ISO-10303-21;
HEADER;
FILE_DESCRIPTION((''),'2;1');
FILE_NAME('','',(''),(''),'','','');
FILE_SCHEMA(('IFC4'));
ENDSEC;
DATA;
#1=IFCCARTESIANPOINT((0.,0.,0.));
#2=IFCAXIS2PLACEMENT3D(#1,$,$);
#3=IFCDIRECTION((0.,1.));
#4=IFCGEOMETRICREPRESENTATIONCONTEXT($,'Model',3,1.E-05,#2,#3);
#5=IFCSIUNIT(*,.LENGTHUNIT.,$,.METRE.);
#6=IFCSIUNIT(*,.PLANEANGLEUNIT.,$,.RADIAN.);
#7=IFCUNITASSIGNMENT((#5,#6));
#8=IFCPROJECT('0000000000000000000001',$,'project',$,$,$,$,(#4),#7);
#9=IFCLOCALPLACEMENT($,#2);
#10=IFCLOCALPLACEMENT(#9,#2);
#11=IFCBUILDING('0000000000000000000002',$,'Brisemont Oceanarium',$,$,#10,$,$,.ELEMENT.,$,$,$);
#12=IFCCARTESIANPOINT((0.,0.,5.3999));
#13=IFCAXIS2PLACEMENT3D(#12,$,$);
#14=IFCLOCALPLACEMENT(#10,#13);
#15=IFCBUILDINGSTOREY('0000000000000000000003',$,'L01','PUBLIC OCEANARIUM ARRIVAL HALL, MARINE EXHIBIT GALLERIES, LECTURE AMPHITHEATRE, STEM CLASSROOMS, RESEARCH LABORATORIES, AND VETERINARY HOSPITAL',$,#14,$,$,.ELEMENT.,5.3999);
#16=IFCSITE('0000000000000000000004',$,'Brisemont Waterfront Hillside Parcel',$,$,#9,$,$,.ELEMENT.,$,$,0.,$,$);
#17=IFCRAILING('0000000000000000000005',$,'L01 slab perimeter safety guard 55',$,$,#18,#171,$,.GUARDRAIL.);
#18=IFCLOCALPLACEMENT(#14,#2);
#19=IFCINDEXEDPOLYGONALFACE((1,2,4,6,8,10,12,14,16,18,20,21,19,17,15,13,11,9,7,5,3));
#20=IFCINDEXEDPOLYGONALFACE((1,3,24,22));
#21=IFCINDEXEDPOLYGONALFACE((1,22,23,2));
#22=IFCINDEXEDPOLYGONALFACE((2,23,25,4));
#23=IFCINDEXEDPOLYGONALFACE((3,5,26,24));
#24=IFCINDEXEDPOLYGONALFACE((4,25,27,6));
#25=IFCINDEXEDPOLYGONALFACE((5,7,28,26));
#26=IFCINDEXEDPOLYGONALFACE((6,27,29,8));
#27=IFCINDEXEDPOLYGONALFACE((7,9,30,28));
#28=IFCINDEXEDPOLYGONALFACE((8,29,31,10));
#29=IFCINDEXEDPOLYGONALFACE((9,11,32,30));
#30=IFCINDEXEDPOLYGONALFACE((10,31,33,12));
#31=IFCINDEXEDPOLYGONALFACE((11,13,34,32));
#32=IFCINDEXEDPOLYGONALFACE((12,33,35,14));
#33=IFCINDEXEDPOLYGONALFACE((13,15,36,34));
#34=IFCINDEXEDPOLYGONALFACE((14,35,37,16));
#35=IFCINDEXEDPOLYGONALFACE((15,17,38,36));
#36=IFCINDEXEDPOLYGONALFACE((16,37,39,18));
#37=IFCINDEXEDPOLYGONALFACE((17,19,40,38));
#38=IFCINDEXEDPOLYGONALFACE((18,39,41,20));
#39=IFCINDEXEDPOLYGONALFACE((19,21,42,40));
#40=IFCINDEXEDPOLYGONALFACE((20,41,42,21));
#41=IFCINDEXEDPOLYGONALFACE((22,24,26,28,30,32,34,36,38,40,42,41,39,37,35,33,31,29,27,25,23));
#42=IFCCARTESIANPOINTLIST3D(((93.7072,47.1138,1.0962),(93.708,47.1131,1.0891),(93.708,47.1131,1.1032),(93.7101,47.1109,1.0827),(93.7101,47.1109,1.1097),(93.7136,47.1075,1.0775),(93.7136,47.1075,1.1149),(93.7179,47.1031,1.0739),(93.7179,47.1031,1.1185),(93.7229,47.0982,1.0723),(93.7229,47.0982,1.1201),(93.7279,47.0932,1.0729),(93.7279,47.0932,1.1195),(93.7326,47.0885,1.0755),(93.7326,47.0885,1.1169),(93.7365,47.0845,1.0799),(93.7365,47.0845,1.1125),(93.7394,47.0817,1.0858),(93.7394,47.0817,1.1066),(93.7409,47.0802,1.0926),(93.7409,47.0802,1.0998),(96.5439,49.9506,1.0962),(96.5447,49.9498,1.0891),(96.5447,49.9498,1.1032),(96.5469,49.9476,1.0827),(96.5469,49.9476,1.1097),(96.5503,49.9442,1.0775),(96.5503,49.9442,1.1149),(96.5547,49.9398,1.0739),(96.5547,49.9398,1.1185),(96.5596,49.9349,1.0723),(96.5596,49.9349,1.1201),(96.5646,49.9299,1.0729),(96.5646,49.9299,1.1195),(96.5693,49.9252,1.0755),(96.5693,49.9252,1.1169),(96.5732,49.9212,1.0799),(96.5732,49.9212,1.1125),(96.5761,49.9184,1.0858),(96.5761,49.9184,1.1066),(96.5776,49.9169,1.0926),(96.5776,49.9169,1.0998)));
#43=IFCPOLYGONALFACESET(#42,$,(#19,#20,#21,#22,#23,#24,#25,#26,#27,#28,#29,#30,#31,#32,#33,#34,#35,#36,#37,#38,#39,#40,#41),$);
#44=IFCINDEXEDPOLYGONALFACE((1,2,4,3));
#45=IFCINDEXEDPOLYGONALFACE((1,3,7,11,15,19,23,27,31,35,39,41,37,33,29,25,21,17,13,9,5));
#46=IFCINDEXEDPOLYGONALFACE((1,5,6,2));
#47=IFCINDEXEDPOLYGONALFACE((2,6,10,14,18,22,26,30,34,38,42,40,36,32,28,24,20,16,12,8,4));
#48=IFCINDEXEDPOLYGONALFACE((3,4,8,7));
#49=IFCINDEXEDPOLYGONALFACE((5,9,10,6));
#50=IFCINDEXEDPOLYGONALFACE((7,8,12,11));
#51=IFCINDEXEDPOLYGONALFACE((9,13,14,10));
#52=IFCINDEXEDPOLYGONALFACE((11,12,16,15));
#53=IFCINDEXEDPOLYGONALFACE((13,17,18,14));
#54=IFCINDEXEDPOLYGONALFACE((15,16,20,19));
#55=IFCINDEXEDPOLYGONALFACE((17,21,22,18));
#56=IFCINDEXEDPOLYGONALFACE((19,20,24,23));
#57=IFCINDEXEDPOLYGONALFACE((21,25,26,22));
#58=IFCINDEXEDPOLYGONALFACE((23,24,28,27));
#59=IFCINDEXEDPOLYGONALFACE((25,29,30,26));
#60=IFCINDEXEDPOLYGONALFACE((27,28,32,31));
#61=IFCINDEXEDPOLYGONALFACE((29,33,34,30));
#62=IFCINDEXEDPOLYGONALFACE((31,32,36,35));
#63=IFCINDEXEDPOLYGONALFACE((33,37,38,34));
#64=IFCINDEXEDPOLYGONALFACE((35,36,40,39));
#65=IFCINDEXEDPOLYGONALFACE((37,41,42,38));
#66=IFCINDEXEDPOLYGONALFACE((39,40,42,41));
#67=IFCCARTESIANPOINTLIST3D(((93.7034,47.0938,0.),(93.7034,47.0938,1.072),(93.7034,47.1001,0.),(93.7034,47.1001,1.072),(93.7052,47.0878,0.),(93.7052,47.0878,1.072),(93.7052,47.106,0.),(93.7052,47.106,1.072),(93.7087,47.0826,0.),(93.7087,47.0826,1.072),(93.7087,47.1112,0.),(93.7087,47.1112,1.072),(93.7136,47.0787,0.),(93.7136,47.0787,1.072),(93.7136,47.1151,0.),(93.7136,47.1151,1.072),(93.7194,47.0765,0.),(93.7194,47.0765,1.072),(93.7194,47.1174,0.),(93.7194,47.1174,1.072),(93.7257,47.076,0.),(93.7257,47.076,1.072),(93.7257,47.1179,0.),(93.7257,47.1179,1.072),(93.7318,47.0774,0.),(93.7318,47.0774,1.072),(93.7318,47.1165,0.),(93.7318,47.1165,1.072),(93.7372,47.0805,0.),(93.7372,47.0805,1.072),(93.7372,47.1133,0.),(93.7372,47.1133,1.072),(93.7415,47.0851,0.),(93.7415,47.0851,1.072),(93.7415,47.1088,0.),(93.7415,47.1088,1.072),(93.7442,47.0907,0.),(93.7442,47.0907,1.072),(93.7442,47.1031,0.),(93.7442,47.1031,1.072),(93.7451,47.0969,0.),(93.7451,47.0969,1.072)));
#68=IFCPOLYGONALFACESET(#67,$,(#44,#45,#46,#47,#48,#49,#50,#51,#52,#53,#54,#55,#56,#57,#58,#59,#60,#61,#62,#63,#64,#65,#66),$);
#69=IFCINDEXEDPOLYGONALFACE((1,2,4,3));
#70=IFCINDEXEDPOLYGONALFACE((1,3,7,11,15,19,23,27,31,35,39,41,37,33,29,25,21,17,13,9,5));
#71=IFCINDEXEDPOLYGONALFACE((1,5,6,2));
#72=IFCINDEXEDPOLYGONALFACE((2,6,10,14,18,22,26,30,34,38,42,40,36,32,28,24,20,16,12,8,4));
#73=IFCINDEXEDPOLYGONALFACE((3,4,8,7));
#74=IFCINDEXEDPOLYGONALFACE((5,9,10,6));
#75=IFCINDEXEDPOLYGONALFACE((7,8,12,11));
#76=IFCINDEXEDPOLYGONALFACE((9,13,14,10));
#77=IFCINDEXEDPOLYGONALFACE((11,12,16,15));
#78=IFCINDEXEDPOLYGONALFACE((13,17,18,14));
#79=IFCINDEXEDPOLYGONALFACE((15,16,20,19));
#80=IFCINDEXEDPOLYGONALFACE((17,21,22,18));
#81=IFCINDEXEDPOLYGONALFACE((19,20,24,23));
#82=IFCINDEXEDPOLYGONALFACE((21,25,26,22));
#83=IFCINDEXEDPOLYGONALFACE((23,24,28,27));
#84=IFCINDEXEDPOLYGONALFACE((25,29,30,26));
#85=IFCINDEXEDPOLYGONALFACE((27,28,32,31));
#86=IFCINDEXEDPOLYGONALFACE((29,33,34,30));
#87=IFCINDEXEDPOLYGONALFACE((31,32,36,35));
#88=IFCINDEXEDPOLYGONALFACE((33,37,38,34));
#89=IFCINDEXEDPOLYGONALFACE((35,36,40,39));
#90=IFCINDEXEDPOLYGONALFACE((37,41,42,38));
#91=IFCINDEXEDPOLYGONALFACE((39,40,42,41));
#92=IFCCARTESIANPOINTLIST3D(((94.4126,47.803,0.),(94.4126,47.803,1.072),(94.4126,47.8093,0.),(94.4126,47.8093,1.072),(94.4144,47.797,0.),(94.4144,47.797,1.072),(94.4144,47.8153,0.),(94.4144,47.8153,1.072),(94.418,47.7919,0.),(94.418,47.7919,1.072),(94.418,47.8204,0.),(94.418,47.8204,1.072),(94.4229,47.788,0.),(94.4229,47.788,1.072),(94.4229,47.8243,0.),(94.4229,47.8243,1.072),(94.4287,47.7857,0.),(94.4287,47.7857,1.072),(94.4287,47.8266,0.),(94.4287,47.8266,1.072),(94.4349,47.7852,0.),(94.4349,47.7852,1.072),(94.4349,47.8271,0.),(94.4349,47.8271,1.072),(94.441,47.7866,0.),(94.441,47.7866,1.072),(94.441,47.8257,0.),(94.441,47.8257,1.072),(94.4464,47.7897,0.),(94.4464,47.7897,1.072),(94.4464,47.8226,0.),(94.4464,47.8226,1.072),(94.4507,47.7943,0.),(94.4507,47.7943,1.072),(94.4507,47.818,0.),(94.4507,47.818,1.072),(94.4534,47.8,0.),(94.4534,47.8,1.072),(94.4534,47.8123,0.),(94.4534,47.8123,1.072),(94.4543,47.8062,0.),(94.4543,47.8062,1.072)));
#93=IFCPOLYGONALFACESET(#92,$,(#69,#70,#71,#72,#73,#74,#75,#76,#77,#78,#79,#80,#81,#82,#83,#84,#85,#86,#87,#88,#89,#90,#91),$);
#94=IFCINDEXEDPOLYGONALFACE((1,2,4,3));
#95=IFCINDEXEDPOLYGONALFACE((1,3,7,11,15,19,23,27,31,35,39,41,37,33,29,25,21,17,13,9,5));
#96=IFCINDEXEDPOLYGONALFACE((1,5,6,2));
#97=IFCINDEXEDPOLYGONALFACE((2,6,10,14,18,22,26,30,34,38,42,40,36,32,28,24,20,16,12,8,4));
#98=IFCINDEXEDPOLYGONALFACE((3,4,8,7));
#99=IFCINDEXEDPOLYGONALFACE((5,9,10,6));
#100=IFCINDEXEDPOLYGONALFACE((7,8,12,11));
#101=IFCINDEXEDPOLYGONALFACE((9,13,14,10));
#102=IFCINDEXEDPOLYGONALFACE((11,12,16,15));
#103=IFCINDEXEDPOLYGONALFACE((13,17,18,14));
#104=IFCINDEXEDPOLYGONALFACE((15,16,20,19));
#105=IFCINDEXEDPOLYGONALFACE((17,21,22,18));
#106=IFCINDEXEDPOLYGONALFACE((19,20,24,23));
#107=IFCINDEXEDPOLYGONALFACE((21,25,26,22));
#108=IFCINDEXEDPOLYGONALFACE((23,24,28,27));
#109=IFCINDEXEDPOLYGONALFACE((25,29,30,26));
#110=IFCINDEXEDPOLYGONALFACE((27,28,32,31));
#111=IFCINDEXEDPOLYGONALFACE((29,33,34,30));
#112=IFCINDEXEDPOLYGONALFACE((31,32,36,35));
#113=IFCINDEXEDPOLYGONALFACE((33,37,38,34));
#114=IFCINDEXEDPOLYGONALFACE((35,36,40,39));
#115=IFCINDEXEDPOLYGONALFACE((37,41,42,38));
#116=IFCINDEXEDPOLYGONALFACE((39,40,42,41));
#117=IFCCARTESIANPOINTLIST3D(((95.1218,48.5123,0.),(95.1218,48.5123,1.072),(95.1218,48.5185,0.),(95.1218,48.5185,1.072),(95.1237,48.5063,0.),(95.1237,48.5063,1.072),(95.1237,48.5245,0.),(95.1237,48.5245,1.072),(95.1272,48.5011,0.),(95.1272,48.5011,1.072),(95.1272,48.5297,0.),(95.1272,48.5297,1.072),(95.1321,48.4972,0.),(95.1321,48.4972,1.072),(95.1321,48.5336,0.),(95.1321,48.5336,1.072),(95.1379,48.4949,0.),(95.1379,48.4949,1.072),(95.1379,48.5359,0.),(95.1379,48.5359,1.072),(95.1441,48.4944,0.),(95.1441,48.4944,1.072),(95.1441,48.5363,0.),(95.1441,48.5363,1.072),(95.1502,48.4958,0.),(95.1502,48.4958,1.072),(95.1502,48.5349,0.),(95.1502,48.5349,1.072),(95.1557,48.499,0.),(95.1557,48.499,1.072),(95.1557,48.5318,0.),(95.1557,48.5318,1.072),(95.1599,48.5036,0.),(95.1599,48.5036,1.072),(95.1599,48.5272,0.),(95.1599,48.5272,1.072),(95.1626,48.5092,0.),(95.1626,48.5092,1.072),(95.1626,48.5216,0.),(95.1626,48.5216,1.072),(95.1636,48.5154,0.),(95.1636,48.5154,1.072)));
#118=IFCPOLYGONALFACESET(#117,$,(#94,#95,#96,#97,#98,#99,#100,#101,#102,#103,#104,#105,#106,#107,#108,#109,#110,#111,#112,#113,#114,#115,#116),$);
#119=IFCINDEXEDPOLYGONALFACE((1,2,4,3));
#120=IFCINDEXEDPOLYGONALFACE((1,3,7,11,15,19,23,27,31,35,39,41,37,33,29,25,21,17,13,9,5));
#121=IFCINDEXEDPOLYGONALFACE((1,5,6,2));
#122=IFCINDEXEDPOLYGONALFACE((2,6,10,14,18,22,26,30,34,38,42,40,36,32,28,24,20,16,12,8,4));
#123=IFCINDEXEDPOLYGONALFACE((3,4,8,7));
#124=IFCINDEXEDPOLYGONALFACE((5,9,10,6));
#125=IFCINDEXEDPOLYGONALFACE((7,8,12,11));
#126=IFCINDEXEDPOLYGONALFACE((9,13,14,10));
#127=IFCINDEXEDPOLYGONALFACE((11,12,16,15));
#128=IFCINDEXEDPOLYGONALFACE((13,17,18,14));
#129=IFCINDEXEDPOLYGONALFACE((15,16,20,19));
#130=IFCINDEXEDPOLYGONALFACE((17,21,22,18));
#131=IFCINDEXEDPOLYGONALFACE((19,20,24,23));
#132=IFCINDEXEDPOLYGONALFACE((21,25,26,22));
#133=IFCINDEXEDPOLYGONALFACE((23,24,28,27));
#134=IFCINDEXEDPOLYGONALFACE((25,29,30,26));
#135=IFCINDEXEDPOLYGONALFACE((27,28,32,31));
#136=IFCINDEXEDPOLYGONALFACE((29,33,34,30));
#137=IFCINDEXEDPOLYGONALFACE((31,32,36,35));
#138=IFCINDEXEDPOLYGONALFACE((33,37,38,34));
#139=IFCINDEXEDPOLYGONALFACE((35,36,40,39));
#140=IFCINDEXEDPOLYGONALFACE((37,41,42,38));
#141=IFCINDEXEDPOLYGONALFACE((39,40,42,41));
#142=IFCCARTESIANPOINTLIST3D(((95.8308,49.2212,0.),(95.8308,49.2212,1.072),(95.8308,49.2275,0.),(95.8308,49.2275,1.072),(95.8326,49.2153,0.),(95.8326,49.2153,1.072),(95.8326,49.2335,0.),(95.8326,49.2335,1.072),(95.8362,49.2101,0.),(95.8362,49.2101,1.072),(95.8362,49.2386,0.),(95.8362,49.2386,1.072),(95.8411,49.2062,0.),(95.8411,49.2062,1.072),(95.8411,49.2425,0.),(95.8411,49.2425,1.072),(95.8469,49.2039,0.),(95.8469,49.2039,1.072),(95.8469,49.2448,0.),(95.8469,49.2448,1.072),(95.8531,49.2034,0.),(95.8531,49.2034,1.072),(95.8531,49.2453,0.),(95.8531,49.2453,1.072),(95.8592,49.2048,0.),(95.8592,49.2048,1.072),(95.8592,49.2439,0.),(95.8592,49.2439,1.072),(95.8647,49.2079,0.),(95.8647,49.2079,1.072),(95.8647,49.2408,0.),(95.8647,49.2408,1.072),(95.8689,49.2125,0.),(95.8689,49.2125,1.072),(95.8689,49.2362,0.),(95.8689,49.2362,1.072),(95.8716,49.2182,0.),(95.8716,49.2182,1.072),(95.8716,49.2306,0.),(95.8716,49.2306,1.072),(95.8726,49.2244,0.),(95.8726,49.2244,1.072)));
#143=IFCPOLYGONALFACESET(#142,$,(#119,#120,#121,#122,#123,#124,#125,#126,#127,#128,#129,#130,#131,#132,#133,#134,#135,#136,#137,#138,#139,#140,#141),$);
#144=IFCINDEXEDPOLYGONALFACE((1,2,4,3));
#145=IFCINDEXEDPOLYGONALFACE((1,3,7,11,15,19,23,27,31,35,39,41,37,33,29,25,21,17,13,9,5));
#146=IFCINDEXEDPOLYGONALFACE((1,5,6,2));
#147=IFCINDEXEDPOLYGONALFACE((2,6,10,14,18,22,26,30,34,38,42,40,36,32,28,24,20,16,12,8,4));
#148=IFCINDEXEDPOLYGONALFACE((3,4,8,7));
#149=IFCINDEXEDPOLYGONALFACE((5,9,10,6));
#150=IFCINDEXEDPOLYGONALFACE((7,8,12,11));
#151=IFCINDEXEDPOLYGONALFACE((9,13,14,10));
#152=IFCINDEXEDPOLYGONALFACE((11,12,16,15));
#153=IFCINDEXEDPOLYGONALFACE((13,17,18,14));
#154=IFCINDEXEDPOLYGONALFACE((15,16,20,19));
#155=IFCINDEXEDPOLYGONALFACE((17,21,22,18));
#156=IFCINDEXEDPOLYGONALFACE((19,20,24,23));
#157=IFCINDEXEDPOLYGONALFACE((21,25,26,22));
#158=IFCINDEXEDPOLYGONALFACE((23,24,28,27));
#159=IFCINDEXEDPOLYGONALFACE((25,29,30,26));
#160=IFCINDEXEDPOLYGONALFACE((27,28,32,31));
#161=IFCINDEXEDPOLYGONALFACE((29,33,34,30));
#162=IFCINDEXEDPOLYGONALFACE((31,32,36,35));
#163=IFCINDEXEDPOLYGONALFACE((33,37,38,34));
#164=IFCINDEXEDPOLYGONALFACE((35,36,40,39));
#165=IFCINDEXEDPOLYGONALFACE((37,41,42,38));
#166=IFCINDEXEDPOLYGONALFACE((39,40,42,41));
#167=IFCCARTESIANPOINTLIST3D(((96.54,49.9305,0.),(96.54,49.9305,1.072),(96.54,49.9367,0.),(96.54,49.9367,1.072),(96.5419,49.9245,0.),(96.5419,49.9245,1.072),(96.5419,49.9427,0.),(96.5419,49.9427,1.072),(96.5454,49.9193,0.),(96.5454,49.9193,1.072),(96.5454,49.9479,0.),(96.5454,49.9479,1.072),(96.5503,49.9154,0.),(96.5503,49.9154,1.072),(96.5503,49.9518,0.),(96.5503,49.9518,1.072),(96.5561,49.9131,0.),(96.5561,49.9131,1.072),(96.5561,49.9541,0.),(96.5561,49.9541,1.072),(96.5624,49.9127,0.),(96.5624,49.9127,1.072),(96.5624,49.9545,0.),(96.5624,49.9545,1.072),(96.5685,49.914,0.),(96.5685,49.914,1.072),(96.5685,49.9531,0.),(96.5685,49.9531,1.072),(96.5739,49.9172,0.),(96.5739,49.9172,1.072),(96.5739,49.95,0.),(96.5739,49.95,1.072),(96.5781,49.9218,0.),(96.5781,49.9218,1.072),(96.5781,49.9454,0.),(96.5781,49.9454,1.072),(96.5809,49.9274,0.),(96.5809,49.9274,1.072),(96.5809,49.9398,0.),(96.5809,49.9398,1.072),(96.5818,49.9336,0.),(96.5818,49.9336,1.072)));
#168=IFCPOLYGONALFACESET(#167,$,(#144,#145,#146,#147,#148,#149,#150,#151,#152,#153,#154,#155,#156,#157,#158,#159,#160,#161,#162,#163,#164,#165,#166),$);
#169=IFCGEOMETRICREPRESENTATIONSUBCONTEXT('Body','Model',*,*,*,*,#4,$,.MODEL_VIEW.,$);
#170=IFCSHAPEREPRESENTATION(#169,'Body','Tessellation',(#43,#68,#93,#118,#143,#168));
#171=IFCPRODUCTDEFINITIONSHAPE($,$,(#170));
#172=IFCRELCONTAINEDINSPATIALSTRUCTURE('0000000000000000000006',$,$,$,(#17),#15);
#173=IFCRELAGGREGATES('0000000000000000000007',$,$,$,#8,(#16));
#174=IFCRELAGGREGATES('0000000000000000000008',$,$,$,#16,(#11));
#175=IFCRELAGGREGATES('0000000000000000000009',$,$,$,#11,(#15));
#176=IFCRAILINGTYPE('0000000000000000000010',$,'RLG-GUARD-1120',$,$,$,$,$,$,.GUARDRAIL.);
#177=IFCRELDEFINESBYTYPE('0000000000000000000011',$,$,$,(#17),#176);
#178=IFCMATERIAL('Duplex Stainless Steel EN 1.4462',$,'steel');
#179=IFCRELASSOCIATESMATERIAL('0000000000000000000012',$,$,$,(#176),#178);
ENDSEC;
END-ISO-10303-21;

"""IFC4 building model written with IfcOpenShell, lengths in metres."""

from ifc_helpers import new_model, si_unit, direction, frame, origin, origin_2d, place, context, subcontext, project, spatial, circle, extrude, material, type_object, element, save


model = new_model("IFC4")

# Units and contexts
model_context = context("Model", 3, precision=1e-05, world=origin(), true_north=direction((0.0, 1.0)))
body_context = subcontext(model_context, "Body", "Model", "MODEL_VIEW")
ifc_project = project(units=[si_unit("LENGTHUNIT", "METRE"), si_unit("PLANEANGLEUNIT", "RADIAN")], contexts=[model_context])

# Site, building, storey
site_placement = place(None, origin())
site = spatial("IfcSite", under=ifc_project, at=site_placement, Name="Brisemont Waterfront Hillside Parcel", CompositionType="ELEMENT", RefElevation=0.0)
building_placement = place(site_placement, origin())
building = spatial("IfcBuilding", under=site, at=building_placement, Name="Brisemont Oceanarium", CompositionType="ELEMENT")
storey_placement = place(building_placement, frame((0.0, 0.0, 5.3999)))
storey = spatial("IfcBuildingStorey", under=building, at=storey_placement, Name="L01", Description="PUBLIC OCEANARIUM ARRIVAL HALL, MARINE EXHIBIT GALLERIES, LECTURE AMPHITHEATRE, STEM CLASSROOMS, RESEARCH LABORATORIES, AND VETERINARY HOSPITAL", CompositionType="ELEMENT", Elevation=5.3999)

# Railing
ifc_material_1 = material(Name="Duplex Stainless Steel EN 1.4462", Category="steel")
railing_type_1 = type_object("IfcRailingType", Name="RLG-GUARD-1120", PredefinedType="GUARDRAIL", material=ifc_material_1)
railing_1_placement = place(storey_placement, frame((93.7241, 47.0969, 0.0)))
element("IfcRailing", 1, at=railing_1_placement, inside=storey, type_object=railing_type_1, Name="L01 slab perimeter safety guard 55", PredefinedType="GUARDRAIL", context=body_context, shape_type="SweptSolid", body=[
    extrude(circle(Radius=0.0239, at=origin_2d()), frame((0.0, 0.0, 1.0962), z_axis=(0.707107, 0.707107, 0.0), x_axis=(-0.707107, 0.707107, 0.0)), (0.0, 0.0, 1.0), 4.0117),
    extrude(circle(Radius=0.021, at=origin_2d()), origin(), (0.0, 0.0, 1.0), 1.072),
    extrude(circle(Radius=0.021, at=origin_2d()), frame((0.7092, 0.7092, 0.0)), (0.0, 0.0, 1.0), 1.072),
    extrude(circle(Radius=0.021, at=origin_2d()), frame((1.4185, 1.4185, 0.0)), (0.0, 0.0, 1.0), 1.072),
    extrude(circle(Radius=0.021, at=origin_2d()), frame((2.1274, 2.1274, 0.0)), (0.0, 0.0, 1.0), 1.072),
    extrude(circle(Radius=0.021, at=origin_2d()), frame((2.8367, 2.8367, 0.0)), (0.0, 0.0, 1.0), 1.072),
])

save(model, "model.ifc")
